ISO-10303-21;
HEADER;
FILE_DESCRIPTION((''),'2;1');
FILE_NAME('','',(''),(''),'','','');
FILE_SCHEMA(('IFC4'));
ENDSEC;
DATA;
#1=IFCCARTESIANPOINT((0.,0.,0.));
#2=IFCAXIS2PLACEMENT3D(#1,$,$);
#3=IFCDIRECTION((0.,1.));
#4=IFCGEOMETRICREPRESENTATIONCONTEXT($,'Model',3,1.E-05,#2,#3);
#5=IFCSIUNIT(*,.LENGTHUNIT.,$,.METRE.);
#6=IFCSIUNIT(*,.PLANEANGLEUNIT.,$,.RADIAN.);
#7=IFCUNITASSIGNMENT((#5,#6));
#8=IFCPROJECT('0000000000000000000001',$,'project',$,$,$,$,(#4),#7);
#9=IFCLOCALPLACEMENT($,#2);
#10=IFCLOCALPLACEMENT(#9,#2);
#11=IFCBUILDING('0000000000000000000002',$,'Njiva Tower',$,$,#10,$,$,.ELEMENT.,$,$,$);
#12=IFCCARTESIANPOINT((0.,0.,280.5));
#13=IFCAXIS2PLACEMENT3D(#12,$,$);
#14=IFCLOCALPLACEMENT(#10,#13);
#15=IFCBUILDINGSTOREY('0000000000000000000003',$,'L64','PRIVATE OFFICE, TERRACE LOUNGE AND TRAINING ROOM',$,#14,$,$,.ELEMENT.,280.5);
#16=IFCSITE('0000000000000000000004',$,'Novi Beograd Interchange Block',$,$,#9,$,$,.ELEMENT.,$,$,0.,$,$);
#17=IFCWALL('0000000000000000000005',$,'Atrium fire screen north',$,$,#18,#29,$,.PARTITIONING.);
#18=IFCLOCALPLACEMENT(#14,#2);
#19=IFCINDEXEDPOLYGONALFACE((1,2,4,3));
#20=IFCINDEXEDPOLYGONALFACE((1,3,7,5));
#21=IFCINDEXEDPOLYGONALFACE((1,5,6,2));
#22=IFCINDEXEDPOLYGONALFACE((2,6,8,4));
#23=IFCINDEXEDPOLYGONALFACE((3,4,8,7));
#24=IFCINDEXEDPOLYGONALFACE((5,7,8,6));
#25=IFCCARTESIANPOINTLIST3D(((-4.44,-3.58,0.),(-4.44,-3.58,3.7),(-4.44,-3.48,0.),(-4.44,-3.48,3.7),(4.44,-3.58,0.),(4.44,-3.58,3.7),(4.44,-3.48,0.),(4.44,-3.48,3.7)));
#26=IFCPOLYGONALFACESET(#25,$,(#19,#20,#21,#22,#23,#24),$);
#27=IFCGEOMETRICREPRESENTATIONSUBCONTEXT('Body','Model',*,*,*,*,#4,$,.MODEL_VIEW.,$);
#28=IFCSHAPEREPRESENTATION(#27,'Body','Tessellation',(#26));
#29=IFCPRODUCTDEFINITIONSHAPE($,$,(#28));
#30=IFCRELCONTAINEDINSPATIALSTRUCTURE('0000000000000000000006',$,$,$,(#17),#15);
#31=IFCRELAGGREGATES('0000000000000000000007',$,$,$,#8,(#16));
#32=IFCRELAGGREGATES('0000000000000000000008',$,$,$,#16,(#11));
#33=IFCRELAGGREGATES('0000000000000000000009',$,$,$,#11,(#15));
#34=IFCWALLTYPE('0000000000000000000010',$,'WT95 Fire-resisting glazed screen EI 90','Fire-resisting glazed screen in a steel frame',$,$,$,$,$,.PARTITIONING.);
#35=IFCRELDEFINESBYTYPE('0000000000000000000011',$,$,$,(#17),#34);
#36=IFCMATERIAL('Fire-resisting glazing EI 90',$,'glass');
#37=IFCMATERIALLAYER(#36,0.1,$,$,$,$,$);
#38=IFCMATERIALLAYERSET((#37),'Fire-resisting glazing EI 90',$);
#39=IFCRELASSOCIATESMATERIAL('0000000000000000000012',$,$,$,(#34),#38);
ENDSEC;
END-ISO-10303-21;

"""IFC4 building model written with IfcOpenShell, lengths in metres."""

from ifc_helpers import new_model, si_unit, direction, frame, frame_2d, origin, place, context, subcontext, project, spatial, rectangle, extrude, material, layer, layer_set, type_object, element, save


model = new_model("IFC4")

# Units and contexts
model_context = context("Model", 3, precision=1e-05, world=origin(), true_north=direction((0.0, 1.0)))
body_context = subcontext(model_context, "Body", "Model", "MODEL_VIEW")
ifc_project = project(units=[si_unit("LENGTHUNIT", "METRE"), si_unit("PLANEANGLEUNIT", "RADIAN")], contexts=[model_context])

# Site, building, storey
site_placement = place(None, origin())
site = spatial("IfcSite", under=ifc_project, at=site_placement, Name="Novi Beograd Interchange Block", CompositionType="ELEMENT", RefElevation=0.0)
building_placement = place(site_placement, origin())
building = spatial("IfcBuilding", under=site, at=building_placement, Name="Njiva Tower", CompositionType="ELEMENT")
storey_placement = place(building_placement, frame((0.0, 0.0, 280.5)))
storey = spatial("IfcBuildingStorey", under=building, at=storey_placement, Name="L64", Description="PRIVATE OFFICE, TERRACE LOUNGE AND TRAINING ROOM", CompositionType="ELEMENT", Elevation=280.5)

# Wall
ifc_material_1 = material(Name="Fire-resisting glazing EI 90", Category="glass")
ifc_layer_1 = layer(ifc_material_1, 0.1)
ifc_layer_set_1 = layer_set([ifc_layer_1], Name="Fire-resisting glazing EI 90")
wall_type_1 = type_object("IfcWallType", Name="WT95 Fire-resisting glazed screen EI 90", Description="Fire-resisting glazed screen in a steel frame", PredefinedType="PARTITIONING", material=ifc_layer_set_1)
wall_1_placement = place(storey_placement, frame((4.44, -3.53, 0.0), z_axis=(0.0, 0.0, 1.0), x_axis=(-1.0, 0.0, 0.0)))
element("IfcWall", 1, at=wall_1_placement, inside=storey, type_object=wall_type_1, Name="Atrium fire screen north", PredefinedType="PARTITIONING", context=body_context, shape_type="SweptSolid", body=[
    extrude(rectangle(XDim=8.88, YDim=0.1, at=frame_2d((4.44, 0.0))), origin(), (0.0, 0.0, 1.0), 3.7),
])

save(model, "model.ifc")
